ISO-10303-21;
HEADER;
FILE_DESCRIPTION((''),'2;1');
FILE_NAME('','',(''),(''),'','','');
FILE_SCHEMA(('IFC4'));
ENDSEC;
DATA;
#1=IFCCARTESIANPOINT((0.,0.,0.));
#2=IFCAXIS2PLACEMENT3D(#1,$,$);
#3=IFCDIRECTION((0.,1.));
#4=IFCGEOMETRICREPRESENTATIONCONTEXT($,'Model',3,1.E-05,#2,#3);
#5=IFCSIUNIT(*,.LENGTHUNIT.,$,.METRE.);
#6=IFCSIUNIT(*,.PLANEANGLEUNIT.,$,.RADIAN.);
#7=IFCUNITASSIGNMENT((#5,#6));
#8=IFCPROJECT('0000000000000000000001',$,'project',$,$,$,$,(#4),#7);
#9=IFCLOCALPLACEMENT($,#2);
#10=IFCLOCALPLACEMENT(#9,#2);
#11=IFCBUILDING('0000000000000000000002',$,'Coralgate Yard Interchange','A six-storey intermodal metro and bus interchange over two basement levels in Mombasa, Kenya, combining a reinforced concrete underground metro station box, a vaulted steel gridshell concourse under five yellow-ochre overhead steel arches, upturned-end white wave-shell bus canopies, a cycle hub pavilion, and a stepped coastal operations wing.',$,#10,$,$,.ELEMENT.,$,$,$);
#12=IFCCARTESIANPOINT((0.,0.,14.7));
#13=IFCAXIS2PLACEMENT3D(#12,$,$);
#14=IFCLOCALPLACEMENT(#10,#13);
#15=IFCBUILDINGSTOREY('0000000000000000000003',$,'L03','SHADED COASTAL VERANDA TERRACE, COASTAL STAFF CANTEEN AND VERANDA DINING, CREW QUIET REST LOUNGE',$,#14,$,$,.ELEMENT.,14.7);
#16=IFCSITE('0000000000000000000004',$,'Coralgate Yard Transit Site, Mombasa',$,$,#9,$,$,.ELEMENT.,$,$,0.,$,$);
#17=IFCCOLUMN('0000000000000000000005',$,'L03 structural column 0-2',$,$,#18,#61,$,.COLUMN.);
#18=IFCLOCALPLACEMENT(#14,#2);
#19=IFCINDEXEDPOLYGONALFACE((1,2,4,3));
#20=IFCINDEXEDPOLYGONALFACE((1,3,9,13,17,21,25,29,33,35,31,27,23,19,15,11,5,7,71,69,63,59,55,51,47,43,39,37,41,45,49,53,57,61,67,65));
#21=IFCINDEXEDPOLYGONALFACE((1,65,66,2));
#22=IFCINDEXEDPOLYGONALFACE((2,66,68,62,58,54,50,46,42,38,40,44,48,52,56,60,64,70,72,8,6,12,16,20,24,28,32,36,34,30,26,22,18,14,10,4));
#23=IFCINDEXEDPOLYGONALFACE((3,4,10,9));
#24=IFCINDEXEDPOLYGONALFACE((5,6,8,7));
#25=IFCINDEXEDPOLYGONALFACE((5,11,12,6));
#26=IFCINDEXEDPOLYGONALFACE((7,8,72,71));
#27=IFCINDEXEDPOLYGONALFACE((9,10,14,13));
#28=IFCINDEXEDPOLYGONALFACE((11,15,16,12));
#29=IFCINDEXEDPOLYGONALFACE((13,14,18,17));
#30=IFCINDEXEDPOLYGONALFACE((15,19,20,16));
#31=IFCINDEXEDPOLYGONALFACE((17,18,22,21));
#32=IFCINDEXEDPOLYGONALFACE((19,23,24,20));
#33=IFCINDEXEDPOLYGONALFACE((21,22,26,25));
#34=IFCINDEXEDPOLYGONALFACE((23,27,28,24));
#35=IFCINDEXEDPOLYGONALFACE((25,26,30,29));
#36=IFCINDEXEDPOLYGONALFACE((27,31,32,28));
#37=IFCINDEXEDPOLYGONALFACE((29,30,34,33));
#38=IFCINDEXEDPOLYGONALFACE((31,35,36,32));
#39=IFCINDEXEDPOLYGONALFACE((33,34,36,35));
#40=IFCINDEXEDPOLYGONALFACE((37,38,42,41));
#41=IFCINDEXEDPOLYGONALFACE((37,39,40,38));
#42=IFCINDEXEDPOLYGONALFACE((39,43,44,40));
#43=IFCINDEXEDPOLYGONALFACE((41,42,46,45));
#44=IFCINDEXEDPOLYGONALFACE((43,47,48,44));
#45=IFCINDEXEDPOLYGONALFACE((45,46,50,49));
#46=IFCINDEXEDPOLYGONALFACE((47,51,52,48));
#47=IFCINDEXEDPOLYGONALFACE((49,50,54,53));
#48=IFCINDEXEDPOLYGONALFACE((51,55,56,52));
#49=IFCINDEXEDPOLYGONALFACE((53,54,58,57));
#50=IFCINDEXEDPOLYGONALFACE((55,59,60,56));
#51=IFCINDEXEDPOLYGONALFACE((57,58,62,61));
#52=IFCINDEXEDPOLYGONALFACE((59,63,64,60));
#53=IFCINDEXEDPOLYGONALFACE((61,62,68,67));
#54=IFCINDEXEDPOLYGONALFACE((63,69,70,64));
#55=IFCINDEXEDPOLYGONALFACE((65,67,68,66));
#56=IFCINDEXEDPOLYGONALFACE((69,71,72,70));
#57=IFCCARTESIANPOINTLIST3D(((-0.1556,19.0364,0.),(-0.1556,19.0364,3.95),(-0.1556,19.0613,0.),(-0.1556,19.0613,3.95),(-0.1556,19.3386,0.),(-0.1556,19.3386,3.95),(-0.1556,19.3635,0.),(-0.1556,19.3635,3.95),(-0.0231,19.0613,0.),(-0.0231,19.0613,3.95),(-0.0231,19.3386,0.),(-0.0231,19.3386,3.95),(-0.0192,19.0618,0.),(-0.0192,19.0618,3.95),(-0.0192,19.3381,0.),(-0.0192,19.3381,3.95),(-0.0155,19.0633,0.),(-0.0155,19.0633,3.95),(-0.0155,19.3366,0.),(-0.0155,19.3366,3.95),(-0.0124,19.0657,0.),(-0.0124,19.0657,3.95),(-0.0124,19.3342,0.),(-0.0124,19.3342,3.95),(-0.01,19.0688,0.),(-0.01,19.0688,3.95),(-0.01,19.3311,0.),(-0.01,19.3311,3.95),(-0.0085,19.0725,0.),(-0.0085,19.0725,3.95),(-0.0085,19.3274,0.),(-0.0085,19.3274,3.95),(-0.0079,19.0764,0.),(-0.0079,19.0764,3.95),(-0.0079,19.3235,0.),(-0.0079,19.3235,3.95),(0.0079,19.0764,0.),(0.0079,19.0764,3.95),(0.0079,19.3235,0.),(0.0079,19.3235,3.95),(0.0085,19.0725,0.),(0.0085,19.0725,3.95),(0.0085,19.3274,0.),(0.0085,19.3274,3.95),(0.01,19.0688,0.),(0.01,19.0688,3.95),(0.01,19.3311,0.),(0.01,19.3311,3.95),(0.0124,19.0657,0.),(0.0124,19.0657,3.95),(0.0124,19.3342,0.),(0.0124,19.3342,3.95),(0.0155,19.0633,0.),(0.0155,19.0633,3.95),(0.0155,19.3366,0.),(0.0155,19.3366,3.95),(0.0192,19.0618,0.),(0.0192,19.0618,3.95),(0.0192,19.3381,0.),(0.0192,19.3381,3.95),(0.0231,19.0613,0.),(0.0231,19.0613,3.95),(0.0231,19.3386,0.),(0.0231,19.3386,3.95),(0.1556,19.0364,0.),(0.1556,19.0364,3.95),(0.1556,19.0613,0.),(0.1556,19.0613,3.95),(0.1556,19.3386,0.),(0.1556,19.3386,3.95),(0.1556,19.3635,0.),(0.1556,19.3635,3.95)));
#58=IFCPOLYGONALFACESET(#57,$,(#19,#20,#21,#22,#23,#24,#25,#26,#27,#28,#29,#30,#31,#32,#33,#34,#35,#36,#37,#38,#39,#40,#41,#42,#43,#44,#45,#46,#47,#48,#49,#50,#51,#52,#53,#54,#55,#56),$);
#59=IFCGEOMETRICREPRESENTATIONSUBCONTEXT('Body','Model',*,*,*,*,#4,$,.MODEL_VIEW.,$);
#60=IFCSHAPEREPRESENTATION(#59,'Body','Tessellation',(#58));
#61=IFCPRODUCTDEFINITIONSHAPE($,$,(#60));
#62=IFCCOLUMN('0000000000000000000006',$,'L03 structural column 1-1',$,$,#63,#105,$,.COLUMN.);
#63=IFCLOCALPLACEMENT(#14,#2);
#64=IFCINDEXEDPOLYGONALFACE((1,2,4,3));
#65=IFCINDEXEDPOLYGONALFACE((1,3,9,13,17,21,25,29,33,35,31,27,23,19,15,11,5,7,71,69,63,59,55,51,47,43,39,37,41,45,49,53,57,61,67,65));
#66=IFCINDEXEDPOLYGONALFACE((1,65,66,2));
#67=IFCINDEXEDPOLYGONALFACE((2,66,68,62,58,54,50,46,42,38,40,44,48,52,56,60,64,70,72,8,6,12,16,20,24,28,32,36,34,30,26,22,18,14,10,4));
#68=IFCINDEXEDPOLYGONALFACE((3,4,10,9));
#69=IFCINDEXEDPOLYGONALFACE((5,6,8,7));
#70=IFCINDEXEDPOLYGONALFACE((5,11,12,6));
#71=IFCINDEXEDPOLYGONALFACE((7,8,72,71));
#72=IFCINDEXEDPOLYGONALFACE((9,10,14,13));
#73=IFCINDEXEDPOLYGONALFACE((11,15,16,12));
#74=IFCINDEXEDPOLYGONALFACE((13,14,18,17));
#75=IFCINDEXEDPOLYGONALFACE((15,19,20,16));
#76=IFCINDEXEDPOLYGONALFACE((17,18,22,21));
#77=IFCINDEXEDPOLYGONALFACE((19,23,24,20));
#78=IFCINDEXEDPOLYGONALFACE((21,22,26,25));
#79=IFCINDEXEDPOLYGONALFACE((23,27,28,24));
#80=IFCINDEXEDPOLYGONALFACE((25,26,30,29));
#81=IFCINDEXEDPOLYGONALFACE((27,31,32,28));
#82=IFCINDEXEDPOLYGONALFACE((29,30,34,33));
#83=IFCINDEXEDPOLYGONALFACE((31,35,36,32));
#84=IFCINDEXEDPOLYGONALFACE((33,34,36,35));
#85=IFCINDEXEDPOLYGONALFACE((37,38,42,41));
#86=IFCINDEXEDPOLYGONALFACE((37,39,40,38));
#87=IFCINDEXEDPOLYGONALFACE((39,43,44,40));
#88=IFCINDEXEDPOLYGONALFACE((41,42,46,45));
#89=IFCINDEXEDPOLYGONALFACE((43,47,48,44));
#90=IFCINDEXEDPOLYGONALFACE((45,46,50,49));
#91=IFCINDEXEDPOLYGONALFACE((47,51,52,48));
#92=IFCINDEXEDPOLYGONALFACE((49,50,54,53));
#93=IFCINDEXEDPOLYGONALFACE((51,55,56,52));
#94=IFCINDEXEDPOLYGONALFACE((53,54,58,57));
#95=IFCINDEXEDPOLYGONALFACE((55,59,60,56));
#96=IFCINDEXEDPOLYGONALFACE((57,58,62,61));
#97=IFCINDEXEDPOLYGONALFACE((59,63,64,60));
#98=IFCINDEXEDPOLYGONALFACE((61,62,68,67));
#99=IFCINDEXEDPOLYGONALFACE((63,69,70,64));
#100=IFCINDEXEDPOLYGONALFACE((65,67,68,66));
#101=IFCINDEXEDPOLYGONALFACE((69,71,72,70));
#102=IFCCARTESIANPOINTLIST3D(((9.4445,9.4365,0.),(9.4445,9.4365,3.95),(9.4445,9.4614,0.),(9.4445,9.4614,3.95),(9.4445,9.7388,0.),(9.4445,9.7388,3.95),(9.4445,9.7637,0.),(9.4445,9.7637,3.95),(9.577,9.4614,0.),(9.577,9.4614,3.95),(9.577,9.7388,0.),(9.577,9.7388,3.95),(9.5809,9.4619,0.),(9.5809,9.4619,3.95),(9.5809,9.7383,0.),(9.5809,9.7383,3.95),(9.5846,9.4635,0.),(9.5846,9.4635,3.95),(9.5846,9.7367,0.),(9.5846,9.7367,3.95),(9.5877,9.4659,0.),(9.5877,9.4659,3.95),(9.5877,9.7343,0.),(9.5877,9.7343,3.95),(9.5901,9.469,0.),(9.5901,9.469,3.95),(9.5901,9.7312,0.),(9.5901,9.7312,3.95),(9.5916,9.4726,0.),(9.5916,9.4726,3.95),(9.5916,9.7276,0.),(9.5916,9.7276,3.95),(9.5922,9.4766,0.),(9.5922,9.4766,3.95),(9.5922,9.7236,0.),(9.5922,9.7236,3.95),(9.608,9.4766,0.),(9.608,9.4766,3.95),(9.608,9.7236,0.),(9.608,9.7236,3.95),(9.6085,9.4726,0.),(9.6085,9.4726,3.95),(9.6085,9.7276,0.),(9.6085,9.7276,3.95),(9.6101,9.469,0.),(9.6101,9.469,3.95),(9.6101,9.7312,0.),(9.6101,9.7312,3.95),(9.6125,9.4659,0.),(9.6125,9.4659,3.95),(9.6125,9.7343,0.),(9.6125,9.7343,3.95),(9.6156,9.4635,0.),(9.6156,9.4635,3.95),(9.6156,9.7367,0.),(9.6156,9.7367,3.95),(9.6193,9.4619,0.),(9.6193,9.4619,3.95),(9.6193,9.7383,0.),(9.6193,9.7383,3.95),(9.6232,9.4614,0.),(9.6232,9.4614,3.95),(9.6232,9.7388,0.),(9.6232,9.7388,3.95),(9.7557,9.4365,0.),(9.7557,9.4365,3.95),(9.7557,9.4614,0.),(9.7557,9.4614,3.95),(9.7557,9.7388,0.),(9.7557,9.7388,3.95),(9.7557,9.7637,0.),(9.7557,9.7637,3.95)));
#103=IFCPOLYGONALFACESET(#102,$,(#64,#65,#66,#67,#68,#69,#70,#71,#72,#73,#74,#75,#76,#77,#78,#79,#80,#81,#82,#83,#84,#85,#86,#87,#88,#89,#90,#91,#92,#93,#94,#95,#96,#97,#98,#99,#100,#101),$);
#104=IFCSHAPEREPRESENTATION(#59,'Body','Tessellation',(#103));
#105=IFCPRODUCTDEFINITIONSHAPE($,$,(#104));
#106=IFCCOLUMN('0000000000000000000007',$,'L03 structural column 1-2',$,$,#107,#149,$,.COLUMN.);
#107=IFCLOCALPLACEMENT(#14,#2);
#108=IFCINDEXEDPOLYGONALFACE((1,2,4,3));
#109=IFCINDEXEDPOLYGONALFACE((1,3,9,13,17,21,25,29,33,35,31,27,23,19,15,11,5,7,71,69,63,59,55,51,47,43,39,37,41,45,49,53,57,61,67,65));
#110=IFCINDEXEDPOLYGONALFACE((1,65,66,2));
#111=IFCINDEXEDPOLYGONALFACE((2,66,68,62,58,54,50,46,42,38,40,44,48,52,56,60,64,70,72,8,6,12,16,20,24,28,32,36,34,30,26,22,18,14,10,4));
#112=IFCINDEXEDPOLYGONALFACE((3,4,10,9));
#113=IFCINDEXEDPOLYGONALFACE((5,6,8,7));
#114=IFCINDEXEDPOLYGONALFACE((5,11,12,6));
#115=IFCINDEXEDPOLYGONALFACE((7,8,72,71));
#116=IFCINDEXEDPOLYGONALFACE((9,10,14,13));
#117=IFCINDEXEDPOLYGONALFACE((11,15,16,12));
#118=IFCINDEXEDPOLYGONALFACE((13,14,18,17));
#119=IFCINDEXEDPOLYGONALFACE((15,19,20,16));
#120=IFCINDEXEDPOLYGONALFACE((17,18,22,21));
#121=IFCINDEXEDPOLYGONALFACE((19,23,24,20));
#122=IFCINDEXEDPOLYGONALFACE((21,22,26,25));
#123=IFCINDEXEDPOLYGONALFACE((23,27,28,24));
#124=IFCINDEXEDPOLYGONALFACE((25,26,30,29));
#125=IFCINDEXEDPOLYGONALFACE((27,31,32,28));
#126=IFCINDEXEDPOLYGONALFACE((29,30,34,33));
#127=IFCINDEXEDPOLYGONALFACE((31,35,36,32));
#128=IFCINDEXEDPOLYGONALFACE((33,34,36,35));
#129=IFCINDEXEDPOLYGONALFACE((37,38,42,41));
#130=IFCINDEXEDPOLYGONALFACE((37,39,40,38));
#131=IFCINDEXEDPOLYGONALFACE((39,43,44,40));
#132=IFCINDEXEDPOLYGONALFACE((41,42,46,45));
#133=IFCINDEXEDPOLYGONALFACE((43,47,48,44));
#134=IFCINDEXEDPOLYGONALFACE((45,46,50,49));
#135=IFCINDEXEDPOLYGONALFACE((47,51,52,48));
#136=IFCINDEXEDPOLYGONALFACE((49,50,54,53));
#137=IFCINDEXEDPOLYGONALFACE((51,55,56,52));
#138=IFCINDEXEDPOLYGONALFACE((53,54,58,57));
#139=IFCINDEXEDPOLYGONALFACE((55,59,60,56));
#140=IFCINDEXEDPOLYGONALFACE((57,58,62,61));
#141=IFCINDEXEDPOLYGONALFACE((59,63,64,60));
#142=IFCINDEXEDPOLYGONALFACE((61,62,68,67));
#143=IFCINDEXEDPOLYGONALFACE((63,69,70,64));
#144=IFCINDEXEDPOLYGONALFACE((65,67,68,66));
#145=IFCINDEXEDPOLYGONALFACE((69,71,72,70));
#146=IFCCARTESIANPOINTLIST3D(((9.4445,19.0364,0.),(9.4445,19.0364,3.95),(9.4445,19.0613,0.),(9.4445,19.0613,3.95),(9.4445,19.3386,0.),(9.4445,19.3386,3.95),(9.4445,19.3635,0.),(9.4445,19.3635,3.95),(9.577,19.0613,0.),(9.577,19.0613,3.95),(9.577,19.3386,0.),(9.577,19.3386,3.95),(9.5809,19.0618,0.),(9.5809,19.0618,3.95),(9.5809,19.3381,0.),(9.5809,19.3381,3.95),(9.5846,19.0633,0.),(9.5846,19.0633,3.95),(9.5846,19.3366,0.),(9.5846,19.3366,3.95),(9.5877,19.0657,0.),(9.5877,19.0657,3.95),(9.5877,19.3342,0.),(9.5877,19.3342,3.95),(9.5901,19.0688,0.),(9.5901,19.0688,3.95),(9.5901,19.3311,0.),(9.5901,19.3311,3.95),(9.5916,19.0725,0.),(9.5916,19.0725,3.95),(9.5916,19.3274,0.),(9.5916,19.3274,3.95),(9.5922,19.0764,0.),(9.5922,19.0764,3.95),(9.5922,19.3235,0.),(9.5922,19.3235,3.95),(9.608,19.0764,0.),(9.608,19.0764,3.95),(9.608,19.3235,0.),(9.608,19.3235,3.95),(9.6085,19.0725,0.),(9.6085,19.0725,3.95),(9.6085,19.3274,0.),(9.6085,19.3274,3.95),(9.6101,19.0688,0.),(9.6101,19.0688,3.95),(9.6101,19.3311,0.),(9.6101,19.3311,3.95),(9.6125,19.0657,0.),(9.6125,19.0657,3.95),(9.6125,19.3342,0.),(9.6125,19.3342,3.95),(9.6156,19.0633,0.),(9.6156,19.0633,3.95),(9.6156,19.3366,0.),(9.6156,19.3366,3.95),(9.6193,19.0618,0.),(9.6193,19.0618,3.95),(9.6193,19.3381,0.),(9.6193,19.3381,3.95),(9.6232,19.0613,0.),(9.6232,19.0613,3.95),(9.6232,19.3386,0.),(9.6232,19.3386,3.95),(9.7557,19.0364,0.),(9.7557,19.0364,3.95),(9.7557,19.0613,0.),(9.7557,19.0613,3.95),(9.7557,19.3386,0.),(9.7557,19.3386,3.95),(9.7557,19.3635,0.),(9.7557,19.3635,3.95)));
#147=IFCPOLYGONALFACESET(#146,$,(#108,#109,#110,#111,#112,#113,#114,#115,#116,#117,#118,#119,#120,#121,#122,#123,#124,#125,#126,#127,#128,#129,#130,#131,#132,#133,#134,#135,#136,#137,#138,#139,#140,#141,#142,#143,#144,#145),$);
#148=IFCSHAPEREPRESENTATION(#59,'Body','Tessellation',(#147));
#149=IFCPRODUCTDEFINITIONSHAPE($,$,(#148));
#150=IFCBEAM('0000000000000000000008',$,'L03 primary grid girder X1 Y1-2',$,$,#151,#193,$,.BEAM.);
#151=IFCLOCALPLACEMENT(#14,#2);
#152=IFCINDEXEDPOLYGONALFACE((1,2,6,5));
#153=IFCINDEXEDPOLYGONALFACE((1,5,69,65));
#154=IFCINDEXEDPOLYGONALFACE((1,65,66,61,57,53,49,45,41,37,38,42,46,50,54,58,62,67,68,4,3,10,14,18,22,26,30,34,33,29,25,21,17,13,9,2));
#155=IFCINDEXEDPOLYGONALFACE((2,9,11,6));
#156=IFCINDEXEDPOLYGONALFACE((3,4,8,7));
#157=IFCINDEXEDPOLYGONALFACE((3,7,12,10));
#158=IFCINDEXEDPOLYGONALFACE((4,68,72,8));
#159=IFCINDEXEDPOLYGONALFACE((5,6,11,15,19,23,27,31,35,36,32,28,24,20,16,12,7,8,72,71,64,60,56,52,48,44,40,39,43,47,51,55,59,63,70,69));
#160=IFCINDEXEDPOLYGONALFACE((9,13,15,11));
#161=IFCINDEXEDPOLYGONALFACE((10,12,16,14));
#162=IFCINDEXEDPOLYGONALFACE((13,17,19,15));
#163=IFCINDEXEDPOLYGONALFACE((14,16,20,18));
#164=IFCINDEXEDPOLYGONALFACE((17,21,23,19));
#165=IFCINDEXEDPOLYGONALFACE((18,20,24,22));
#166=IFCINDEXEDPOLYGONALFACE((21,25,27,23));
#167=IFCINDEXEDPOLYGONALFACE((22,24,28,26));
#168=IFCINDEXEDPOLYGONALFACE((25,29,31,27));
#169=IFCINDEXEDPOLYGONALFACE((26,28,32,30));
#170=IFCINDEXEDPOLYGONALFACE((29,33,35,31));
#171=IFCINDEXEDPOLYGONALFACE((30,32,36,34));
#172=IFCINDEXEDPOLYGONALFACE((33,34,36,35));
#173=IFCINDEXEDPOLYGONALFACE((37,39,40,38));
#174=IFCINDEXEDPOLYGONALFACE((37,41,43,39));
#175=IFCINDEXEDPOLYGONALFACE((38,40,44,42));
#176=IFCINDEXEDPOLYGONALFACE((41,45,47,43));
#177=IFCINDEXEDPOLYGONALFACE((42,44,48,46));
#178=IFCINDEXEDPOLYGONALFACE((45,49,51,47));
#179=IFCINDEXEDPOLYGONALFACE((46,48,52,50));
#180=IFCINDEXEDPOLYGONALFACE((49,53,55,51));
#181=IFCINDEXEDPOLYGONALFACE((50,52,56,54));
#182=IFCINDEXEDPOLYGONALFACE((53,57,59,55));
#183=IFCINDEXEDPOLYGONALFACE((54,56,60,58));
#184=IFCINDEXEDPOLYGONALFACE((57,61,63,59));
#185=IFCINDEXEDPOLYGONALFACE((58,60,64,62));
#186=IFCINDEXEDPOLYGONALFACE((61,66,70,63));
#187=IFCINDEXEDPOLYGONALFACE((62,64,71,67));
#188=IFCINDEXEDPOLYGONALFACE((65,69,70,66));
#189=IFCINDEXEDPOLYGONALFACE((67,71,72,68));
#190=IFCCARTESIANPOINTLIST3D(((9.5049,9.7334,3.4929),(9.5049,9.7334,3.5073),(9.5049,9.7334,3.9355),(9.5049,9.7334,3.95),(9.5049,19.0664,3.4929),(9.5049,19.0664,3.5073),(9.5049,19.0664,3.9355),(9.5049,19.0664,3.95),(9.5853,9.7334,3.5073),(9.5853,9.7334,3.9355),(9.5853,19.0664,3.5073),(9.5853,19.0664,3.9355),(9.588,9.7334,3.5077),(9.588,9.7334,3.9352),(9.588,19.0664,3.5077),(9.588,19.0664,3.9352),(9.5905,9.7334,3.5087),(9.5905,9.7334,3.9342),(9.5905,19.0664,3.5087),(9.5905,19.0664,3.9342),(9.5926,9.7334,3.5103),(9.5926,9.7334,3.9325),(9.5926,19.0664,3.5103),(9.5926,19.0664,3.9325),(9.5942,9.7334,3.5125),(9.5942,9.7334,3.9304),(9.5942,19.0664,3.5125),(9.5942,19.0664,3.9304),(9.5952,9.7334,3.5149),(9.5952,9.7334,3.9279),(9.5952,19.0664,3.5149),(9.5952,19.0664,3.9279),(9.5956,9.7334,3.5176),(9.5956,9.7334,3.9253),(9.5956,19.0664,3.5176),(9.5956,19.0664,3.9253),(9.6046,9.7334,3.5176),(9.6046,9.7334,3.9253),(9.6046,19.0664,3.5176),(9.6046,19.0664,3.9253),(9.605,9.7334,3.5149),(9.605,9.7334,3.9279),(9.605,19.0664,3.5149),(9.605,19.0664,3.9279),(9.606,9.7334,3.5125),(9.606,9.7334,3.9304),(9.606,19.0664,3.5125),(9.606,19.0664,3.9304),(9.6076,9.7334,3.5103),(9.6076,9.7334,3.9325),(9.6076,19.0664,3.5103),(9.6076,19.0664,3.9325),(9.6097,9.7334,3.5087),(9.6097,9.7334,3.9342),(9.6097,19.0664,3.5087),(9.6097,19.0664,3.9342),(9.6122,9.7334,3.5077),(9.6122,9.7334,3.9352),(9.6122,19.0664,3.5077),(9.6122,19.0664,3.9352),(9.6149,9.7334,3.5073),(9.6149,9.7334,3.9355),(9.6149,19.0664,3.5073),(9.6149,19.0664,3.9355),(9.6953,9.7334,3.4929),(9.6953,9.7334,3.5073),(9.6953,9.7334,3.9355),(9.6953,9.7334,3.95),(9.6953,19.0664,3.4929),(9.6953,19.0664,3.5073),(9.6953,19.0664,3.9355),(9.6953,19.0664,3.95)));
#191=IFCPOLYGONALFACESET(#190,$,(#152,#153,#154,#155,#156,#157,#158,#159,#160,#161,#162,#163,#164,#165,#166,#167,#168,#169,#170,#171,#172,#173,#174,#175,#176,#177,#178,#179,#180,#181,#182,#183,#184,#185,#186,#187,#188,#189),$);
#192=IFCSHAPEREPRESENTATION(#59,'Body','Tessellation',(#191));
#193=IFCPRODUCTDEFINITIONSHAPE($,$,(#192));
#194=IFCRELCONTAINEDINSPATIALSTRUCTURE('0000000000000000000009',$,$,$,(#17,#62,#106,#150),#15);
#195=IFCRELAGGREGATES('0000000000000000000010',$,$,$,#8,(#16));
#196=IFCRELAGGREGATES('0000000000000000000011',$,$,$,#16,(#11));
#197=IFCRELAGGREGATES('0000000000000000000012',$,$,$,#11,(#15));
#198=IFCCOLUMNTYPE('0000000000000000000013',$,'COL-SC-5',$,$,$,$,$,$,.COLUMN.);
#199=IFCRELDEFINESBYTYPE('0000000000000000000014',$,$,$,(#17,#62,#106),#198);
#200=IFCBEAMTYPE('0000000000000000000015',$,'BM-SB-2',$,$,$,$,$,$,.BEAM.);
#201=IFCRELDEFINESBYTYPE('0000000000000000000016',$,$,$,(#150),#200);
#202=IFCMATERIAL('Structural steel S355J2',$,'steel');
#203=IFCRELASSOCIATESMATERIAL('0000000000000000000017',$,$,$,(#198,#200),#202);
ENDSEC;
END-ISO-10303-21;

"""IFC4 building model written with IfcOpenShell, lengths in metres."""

from ifc_helpers import new_model, si_unit, direction, frame, origin, origin_2d, place, context, subcontext, project, spatial, i_section, extrude, material, material_profile, profile_set, type_object, element, save


model = new_model("IFC4")

# Units and contexts
model_context = context("Model", 3, precision=1e-05, world=origin(), true_north=direction((0.0, 1.0)))
body_context = subcontext(model_context, "Body", "Model", "MODEL_VIEW")
ifc_project = project(units=[si_unit("LENGTHUNIT", "METRE"), si_unit("PLANEANGLEUNIT", "RADIAN")], contexts=[model_context])

# Site, building, storey
site_placement = place(None, origin())
site = spatial("IfcSite", under=ifc_project, at=site_placement, Name="Coralgate Yard Transit Site, Mombasa", CompositionType="ELEMENT", RefElevation=0.0)
building_placement = place(site_placement, origin())
building = spatial("IfcBuilding", under=site, at=building_placement, Name="Coralgate Yard Interchange", Description="A six-storey intermodal metro and bus interchange over two basement levels in Mombasa, Kenya, combining a reinforced concrete underground metro station box, a vaulted steel gridshell concourse under five yellow-ochre overhead steel arches, upturned-end white wave-shell bus canopies, a cycle hub pavilion, and a stepped coastal operations wing.", CompositionType="ELEMENT")
storey_placement = place(building_placement, frame((0.0, 0.0, 14.7)))
storey = spatial("IfcBuildingStorey", under=building, at=storey_placement, Name="L03", Description="SHADED COASTAL VERANDA TERRACE, COASTAL STAFF CANTEEN AND VERANDA DINING, CREW QUIET REST LOUNGE", CompositionType="ELEMENT", Elevation=14.7)

# Columns
ifc_material_1 = material(Name="Structural steel S355J2", Category="steel")
ifc_material_profile_1 = material_profile(ifc_material_1, i_section(OverallWidth=0.3113, OverallDepth=0.3271, WebThickness=0.0159, FlangeThickness=0.0249, FilletRadius=0.0151, at=origin_2d()), Name="UC 305x305x158")
ifc_profile_set_1 = profile_set([ifc_material_profile_1], Name="Structural steel S355J2")
column_type = type_object("IfcColumnType", Name="COL-SC-5", PredefinedType="COLUMN", material=ifc_profile_set_1)
for number, where, z_axis, x_axis, name in (
    (1, (0.0, 19.2, 0.0), (0.0, 0.0, 1.0), (1.0, 0.0, 0.0), "L03 structural column 0-2"),
    (2, (9.6001, 9.6001, 0.0), (0.0, 0.0, 1.0), (1.0, 0.0, 0.0), "L03 structural column 1-1"),
    (3, (9.6001, 19.2, 0.0), (0.0, 0.0, 1.0), (1.0, 0.0, 0.0), "L03 structural column 1-2"),
):
    element("IfcColumn", number, at=place(storey_placement, frame(where, z_axis=z_axis, x_axis=x_axis)), inside=storey, type_object=column_type, Name=name, PredefinedType="COLUMN", context=body_context, shape_type="SweptSolid", body=[
        extrude(i_section(OverallWidth=0.3113, OverallDepth=0.3271, WebThickness=0.0159, FlangeThickness=0.0249, FilletRadius=0.0151, at=origin_2d()), origin(), (0.0, 0.0, 1.0), 3.95),
    ])

# Beam
ifc_material_profile_2 = material_profile(ifc_material_1, i_section(OverallWidth=0.1904, OverallDepth=0.457, WebThickness=0.009, FlangeThickness=0.0144, FilletRadius=0.0103, at=origin_2d()), Name="UB 457x191x74")
ifc_profile_set_2 = profile_set([ifc_material_profile_2], Name="Structural steel S355J2")
beam_type_1 = type_object("IfcBeamType", Name="BM-SB-2", PredefinedType="BEAM", material=ifc_profile_set_2)
beam_placement = place(storey_placement, frame((9.6001, 9.7334, 3.7214), z_axis=(0.0, 1.0, 0.0), x_axis=(-1.0, 0.0, 0.0)))
element("IfcBeam", 4, at=beam_placement, inside=storey, type_object=beam_type_1, Name="L03 primary grid girder X1 Y1-2", PredefinedType="BEAM", context=body_context, shape_type="SweptSolid", body=[
    extrude(i_section(OverallWidth=0.1904, OverallDepth=0.457, WebThickness=0.009, FlangeThickness=0.0144, FilletRadius=0.0103, at=origin_2d()), origin(), (0.0, 0.0, 1.0), 9.333),
])

save(model, "model.ifc")
